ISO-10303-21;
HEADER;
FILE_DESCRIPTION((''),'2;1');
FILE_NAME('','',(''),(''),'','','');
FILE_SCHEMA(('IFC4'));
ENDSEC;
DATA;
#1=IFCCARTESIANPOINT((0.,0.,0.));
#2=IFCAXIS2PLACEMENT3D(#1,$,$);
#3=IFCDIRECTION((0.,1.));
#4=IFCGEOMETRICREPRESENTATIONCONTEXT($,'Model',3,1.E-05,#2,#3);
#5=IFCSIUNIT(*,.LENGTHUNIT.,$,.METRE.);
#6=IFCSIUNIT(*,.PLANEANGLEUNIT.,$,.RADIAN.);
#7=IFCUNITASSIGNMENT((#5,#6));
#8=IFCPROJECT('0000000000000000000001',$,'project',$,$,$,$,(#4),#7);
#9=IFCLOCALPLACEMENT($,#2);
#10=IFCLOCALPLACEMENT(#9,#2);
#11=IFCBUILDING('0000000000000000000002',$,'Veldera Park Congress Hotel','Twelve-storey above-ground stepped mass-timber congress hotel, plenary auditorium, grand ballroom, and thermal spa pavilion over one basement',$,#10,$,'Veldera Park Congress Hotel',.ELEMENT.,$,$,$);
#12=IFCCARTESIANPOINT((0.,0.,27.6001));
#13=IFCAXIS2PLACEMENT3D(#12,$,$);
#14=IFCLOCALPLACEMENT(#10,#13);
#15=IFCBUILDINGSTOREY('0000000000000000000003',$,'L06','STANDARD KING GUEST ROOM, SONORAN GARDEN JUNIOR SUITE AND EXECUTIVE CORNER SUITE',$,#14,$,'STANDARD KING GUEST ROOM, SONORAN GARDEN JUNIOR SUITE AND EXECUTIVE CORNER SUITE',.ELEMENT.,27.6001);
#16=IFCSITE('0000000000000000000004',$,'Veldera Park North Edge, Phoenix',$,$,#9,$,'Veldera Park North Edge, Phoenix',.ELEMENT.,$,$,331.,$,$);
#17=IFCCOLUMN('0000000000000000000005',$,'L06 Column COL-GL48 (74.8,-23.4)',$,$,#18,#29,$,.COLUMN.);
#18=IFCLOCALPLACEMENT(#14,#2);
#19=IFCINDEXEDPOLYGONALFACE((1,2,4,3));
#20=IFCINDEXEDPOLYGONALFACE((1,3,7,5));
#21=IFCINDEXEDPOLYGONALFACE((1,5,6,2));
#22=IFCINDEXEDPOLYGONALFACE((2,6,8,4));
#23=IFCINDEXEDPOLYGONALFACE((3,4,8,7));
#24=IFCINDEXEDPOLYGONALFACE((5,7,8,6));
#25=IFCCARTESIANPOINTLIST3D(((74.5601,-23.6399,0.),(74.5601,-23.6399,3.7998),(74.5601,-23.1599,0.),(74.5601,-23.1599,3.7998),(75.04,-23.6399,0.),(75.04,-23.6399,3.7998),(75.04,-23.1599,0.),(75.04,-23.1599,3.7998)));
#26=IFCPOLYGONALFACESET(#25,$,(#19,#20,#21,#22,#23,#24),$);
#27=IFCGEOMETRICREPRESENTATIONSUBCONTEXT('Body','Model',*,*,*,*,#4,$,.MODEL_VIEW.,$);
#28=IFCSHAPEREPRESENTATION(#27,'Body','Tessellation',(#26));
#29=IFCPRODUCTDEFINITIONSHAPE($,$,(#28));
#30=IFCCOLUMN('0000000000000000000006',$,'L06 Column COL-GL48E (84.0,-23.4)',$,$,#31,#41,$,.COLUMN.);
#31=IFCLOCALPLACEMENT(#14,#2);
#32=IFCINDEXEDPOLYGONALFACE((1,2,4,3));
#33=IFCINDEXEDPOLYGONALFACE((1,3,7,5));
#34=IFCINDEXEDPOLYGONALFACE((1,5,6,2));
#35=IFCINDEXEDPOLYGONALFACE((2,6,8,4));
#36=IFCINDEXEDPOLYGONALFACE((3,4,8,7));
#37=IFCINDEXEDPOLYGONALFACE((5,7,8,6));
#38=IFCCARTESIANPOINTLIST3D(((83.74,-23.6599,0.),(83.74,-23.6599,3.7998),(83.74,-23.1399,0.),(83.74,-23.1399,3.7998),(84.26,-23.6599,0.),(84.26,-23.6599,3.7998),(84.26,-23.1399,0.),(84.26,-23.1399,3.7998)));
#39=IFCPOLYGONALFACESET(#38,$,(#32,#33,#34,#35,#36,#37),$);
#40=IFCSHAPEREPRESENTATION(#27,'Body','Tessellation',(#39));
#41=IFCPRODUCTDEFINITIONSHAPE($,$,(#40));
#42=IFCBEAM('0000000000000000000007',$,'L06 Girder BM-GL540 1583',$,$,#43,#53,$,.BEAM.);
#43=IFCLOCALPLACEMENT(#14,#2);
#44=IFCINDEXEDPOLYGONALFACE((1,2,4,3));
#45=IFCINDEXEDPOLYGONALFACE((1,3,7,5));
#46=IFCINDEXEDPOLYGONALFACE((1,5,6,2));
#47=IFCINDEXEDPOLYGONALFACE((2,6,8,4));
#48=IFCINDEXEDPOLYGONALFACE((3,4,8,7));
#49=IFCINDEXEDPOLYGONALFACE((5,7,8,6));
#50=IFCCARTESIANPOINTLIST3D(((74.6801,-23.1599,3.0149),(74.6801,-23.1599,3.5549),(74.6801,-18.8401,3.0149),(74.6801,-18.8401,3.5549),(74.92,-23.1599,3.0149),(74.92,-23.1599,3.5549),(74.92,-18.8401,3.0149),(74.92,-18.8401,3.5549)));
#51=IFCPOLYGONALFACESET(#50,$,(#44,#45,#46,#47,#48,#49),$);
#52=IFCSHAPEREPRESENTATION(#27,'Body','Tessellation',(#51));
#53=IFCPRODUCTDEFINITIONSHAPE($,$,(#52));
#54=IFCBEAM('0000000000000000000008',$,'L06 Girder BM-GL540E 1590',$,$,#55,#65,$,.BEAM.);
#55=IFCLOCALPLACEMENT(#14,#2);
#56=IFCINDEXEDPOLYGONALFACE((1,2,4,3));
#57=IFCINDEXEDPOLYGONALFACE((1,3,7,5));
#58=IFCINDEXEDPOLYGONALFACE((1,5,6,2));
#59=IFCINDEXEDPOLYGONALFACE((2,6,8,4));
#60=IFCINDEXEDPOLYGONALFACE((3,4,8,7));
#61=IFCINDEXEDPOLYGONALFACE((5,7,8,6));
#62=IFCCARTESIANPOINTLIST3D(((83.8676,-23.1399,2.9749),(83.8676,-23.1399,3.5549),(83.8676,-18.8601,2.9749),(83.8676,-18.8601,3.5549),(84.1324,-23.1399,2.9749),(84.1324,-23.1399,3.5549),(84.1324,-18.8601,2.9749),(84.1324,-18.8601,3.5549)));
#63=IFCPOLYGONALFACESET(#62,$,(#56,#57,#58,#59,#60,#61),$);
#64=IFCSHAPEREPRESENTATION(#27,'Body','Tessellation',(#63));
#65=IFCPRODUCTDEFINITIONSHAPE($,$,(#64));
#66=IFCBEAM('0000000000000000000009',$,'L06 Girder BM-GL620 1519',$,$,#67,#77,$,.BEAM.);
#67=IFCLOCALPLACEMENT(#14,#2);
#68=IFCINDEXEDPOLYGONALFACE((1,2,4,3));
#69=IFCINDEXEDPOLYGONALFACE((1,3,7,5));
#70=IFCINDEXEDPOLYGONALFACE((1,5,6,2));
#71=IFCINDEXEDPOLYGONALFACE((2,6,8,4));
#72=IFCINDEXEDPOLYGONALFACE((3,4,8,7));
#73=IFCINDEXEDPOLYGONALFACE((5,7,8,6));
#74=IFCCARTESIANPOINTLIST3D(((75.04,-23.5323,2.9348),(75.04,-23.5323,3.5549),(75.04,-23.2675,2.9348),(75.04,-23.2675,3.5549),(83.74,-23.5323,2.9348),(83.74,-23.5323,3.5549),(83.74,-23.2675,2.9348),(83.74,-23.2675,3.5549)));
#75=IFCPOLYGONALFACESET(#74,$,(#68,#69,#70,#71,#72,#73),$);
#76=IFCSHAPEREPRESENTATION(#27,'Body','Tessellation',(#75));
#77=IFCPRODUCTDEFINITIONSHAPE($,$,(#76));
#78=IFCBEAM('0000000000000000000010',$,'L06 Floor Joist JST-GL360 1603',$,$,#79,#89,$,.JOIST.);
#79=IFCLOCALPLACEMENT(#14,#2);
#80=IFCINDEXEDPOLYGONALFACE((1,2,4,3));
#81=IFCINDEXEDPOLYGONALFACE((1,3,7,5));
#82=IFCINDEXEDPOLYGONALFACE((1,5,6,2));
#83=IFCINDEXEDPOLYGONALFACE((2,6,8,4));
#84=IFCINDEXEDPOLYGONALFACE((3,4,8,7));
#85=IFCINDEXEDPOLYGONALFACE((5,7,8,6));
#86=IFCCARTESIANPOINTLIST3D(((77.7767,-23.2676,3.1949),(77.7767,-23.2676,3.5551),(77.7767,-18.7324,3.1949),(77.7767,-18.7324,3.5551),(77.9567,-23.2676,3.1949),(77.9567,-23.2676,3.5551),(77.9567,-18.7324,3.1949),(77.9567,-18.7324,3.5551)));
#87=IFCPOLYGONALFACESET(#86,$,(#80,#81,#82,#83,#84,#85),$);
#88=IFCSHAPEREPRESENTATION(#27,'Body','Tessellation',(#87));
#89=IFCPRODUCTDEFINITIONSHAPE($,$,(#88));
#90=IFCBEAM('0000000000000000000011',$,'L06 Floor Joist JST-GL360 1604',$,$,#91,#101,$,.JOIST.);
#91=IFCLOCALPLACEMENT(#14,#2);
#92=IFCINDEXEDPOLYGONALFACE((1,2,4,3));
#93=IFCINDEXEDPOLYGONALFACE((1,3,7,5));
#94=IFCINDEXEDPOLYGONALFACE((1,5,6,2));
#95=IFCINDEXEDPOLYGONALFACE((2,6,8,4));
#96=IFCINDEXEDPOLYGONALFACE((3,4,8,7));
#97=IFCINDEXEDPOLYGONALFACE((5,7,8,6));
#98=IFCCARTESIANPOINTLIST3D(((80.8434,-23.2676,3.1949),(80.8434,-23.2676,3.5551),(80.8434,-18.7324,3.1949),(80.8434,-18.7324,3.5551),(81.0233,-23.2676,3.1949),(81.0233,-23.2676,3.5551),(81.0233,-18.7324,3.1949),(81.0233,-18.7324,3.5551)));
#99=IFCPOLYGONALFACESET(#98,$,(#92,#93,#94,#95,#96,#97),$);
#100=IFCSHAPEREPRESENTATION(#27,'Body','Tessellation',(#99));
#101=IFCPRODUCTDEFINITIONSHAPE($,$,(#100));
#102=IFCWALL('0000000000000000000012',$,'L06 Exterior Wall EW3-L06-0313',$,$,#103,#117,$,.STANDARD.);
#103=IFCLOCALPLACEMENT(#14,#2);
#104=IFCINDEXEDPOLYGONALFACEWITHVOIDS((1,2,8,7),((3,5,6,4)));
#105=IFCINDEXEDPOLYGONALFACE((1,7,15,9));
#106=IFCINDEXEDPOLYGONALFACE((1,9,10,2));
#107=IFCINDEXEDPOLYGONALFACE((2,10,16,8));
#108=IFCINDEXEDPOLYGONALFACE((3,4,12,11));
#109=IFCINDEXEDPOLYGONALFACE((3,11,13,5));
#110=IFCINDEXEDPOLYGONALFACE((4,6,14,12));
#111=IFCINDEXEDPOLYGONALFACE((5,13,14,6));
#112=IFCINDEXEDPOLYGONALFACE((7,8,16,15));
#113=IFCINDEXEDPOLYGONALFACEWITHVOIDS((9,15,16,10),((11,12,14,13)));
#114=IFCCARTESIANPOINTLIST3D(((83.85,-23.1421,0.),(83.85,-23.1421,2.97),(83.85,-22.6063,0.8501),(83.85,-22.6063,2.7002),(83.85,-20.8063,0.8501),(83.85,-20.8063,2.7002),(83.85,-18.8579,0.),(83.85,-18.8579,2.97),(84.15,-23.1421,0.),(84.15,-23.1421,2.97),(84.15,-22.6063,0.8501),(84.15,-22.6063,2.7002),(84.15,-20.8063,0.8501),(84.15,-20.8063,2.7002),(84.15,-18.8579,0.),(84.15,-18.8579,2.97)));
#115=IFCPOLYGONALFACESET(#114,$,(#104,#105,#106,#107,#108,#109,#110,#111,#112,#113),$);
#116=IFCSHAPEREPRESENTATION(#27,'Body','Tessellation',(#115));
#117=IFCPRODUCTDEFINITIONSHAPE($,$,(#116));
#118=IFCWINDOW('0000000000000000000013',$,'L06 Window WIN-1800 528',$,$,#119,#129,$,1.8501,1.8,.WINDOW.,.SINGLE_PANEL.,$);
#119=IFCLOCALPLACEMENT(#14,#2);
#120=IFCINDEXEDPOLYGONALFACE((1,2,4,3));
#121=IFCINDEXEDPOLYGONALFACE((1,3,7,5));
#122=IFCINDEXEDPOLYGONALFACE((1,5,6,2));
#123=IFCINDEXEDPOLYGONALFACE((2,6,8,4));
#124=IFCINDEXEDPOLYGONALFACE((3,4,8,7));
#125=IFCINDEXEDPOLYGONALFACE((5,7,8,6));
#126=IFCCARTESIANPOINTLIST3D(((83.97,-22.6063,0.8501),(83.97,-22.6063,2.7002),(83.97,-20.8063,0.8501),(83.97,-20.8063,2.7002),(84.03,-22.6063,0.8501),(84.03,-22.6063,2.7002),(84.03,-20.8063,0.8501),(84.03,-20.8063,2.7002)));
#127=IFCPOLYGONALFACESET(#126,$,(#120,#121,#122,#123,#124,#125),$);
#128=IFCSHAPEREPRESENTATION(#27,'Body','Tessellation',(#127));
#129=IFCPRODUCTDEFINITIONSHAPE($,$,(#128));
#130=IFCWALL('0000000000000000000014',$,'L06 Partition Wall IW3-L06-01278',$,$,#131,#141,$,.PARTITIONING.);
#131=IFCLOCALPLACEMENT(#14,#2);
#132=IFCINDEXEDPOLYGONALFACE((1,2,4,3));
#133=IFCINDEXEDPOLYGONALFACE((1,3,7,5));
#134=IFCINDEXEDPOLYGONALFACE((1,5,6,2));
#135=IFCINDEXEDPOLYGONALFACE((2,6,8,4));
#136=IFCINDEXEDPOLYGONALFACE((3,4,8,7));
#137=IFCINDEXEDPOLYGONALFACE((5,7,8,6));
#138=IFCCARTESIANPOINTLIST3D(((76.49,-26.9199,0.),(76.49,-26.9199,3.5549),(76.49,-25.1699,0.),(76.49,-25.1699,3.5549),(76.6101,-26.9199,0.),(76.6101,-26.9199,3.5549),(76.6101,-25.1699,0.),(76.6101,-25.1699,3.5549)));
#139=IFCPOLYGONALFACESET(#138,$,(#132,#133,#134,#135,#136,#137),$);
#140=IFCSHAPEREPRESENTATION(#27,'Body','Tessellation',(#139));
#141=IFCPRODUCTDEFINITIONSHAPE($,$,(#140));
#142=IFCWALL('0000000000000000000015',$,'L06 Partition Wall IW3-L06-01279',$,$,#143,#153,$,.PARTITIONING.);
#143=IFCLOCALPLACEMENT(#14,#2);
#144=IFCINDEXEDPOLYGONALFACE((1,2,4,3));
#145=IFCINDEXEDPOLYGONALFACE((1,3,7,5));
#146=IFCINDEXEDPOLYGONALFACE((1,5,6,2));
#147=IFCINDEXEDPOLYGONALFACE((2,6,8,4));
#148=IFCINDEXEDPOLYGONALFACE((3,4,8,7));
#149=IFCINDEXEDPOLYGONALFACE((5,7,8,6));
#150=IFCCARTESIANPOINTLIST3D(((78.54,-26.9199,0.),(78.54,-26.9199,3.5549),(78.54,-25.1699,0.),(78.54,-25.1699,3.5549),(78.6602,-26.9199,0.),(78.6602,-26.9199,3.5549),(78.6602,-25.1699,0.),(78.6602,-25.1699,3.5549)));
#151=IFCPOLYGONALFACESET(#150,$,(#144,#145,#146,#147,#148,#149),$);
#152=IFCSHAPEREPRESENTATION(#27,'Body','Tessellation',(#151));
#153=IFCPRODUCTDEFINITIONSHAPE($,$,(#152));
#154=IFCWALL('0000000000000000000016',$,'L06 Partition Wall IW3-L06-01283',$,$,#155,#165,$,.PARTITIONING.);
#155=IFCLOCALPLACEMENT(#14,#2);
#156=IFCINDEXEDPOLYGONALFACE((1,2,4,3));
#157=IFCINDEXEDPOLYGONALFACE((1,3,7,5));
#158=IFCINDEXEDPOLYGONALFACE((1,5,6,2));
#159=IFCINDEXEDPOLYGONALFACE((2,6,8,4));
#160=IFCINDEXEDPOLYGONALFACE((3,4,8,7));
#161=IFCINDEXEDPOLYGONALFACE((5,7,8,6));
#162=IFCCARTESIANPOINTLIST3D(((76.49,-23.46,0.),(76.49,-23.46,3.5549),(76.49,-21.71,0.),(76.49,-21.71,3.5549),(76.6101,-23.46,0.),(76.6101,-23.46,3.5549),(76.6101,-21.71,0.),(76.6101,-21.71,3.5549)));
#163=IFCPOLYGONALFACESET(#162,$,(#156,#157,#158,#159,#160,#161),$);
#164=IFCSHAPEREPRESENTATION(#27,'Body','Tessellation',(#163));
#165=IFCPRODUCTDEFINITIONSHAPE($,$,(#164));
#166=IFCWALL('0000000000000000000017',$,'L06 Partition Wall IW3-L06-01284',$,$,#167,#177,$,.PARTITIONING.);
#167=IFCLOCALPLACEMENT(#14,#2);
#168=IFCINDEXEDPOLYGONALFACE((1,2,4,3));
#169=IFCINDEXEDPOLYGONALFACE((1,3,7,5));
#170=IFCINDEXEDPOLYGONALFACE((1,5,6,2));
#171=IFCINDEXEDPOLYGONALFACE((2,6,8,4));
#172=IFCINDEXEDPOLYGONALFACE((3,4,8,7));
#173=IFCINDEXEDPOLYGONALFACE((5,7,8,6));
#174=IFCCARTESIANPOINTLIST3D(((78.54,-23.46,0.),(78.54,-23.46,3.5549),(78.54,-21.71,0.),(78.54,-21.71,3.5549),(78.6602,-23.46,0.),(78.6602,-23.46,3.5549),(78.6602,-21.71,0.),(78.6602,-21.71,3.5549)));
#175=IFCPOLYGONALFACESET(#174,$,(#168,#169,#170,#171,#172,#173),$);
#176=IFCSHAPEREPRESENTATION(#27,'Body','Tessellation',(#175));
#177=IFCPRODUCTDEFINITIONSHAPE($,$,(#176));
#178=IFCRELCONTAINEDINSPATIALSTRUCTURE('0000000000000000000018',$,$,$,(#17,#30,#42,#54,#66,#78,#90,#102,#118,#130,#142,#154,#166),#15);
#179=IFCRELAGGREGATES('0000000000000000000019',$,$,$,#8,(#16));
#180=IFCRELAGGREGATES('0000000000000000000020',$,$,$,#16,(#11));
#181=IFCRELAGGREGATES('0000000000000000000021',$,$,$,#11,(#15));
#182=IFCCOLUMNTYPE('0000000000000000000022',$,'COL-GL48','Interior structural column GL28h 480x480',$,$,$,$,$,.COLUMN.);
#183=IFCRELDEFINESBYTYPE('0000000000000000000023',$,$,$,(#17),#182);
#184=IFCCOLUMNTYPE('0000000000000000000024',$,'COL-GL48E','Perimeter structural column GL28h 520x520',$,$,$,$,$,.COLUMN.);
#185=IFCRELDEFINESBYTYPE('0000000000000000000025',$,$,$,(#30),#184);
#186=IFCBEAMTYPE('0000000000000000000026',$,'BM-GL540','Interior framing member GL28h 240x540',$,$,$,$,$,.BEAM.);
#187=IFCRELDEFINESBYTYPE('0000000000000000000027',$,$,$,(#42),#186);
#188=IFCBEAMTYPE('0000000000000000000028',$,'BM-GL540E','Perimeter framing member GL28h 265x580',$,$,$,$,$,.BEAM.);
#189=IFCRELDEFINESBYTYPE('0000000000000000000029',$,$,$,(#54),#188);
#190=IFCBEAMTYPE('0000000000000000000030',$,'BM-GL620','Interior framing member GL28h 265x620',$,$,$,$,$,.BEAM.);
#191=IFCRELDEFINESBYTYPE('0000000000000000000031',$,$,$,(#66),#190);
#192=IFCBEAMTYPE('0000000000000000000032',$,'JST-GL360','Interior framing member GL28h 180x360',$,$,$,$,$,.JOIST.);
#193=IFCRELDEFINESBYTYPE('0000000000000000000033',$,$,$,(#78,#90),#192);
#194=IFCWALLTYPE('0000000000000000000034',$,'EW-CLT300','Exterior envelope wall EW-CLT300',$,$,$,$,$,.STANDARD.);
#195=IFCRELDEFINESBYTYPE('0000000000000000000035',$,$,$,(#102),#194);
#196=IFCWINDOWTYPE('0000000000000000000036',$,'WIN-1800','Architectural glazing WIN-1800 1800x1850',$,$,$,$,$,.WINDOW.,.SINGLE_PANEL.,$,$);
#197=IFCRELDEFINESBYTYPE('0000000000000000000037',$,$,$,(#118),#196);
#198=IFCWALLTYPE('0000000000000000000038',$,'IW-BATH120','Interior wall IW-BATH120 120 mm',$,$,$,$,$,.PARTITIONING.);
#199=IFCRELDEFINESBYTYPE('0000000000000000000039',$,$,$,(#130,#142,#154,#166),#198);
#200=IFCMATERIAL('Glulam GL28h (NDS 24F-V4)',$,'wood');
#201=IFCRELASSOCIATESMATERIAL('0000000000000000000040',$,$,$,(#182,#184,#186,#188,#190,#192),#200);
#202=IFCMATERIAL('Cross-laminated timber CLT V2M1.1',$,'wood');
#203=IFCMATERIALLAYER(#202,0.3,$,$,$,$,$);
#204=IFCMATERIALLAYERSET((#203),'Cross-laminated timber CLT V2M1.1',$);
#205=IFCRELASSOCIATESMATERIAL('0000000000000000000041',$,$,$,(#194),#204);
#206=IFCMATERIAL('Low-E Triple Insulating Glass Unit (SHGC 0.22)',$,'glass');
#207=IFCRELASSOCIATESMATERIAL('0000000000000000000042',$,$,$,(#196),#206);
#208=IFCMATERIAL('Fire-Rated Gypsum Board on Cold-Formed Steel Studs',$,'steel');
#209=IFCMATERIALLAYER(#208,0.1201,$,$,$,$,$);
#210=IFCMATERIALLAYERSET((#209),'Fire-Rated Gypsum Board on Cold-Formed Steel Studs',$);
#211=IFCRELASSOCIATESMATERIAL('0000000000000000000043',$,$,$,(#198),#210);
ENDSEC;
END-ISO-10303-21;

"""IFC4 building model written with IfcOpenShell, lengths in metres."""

from ifc_helpers import new_model, si_unit, direction, frame, frame_2d, origin, origin_2d, place, context, subcontext, project, spatial, rectangle, extrude, material, layer, layer_set, material_profile, profile_set, type_object, element, fill, save


model = new_model("IFC4")

# Units and contexts
model_context = context("Model", 3, precision=1e-05, world=origin(), true_north=direction((0.0, 1.0)))
body_context = subcontext(model_context, "Body", "Model", "MODEL_VIEW")
ifc_project = project(units=[si_unit("LENGTHUNIT", "METRE"), si_unit("PLANEANGLEUNIT", "RADIAN")], contexts=[model_context])

# Site, building, storey
site_placement = place(None, origin())
site = spatial("IfcSite", under=ifc_project, at=site_placement, Name="Veldera Park North Edge, Phoenix", LongName="Veldera Park North Edge, Phoenix", CompositionType="ELEMENT", RefElevation=331.0)
building_placement = place(site_placement, origin())
building = spatial("IfcBuilding", under=site, at=building_placement, Name="Veldera Park Congress Hotel", Description="Twelve-storey above-ground stepped mass-timber congress hotel, plenary auditorium, grand ballroom, and thermal spa pavilion over one basement", LongName="Veldera Park Congress Hotel", CompositionType="ELEMENT")
storey_placement = place(building_placement, frame((0.0, 0.0, 27.6001)))
storey = spatial("IfcBuildingStorey", under=building, at=storey_placement, Name="L06", Description="STANDARD KING GUEST ROOM, SONORAN GARDEN JUNIOR SUITE AND EXECUTIVE CORNER SUITE", LongName="STANDARD KING GUEST ROOM, SONORAN GARDEN JUNIOR SUITE AND EXECUTIVE CORNER SUITE", CompositionType="ELEMENT", Elevation=27.6001)

# Columns
ifc_material_1 = material(Name="Glulam GL28h (NDS 24F-V4)", Category="wood")
ifc_material_profile_1 = material_profile(ifc_material_1, rectangle(XDim=0.48, YDim=0.48, at=origin_2d()), Name="GL28h 480x480")
ifc_profile_set_1 = profile_set([ifc_material_profile_1], Name="Glulam GL28h (NDS 24F-V4)")
column_type_1 = type_object("IfcColumnType", Name="COL-GL48", Description="Interior structural column GL28h 480x480", PredefinedType="COLUMN", material=ifc_profile_set_1)
column_1_placement = place(storey_placement, frame((74.8, -23.3999, 0.0), z_axis=(0.0, 0.0, 1.0), x_axis=(1.0, 0.0, 0.0)))
element("IfcColumn", 1, at=column_1_placement, inside=storey, type_object=column_type_1, Name="L06 Column COL-GL48 (74.8,-23.4)", PredefinedType="COLUMN", context=body_context, shape_type="SweptSolid", body=[
    extrude(rectangle(XDim=0.48, YDim=0.48, at=origin_2d()), origin(), (0.0, 0.0, 1.0), 3.7998),
])
ifc_material_profile_2 = material_profile(ifc_material_1, rectangle(XDim=0.52, YDim=0.52, at=origin_2d()), Name="GL28h 520x520")
ifc_profile_set_2 = profile_set([ifc_material_profile_2], Name="Glulam GL28h (NDS 24F-V4)")
column_type_2 = type_object("IfcColumnType", Name="COL-GL48E", Description="Perimeter structural column GL28h 520x520", PredefinedType="COLUMN", material=ifc_profile_set_2)
column_2_placement = place(storey_placement, frame((84.0, -23.3999, 0.0), z_axis=(0.0, 0.0, 1.0), x_axis=(1.0, 0.0, 0.0)))
element("IfcColumn", 2, at=column_2_placement, inside=storey, type_object=column_type_2, Name="L06 Column COL-GL48E (84.0,-23.4)", PredefinedType="COLUMN", context=body_context, shape_type="SweptSolid", body=[
    extrude(rectangle(XDim=0.52, YDim=0.52, at=origin_2d()), origin(), (0.0, 0.0, 1.0), 3.7998),
])

# Beams
ifc_material_profile_3 = material_profile(ifc_material_1, rectangle(XDim=0.24, YDim=0.54, at=origin_2d()), Name="GL28h 240x540")
ifc_profile_set_3 = profile_set([ifc_material_profile_3], Name="Glulam GL28h (NDS 24F-V4)")
beam_type_1 = type_object("IfcBeamType", Name="BM-GL540", Description="Interior framing member GL28h 240x540", PredefinedType="BEAM", material=ifc_profile_set_3)
beam_1_placement = place(storey_placement, frame((74.8, -23.1599, 3.2849), z_axis=(0.0, 1.0, 0.0), x_axis=(-1.0, 0.0, 0.0)))
element("IfcBeam", 3, at=beam_1_placement, inside=storey, type_object=beam_type_1, Name="L06 Girder BM-GL540 1583", PredefinedType="BEAM", context=body_context, shape_type="SweptSolid", body=[
    extrude(rectangle(XDim=0.24, YDim=0.54, at=origin_2d()), origin(), (0.0, 0.0, 1.0), 4.3198),
])
ifc_material_profile_4 = material_profile(ifc_material_1, rectangle(XDim=0.2649, YDim=0.5801, at=origin_2d()), Name="GL28h 265x580")
ifc_profile_set_4 = profile_set([ifc_material_profile_4], Name="Glulam GL28h (NDS 24F-V4)")
beam_type_2 = type_object("IfcBeamType", Name="BM-GL540E", Description="Perimeter framing member GL28h 265x580", PredefinedType="BEAM", material=ifc_profile_set_4)
beam_2_placement = place(storey_placement, frame((84.0, -23.1399, 3.2649), z_axis=(0.0, 1.0, 0.0), x_axis=(-1.0, 0.0, 0.0)))
element("IfcBeam", 4, at=beam_2_placement, inside=storey, type_object=beam_type_2, Name="L06 Girder BM-GL540E 1590", PredefinedType="BEAM", context=body_context, shape_type="SweptSolid", body=[
    extrude(rectangle(XDim=0.2649, YDim=0.5801, at=origin_2d()), origin(), (0.0, 0.0, 1.0), 4.2798),
])
ifc_material_profile_5 = material_profile(ifc_material_1, rectangle(XDim=0.2649, YDim=0.6201, at=origin_2d()), Name="GL28h 265x620")
ifc_profile_set_5 = profile_set([ifc_material_profile_5], Name="Glulam GL28h (NDS 24F-V4)")
beam_type_3 = type_object("IfcBeamType", Name="BM-GL620", Description="Interior framing member GL28h 265x620", PredefinedType="BEAM", material=ifc_profile_set_5)
beam_3_placement = place(storey_placement, frame((75.04, -23.3999, 3.2449), z_axis=(1.0, 0.0, 0.0), x_axis=(0.0, 1.0, 0.0)))
element("IfcBeam", 5, at=beam_3_placement, inside=storey, type_object=beam_type_3, Name="L06 Girder BM-GL620 1519", PredefinedType="BEAM", context=body_context, shape_type="SweptSolid", body=[
    extrude(rectangle(XDim=0.2649, YDim=0.6201, at=origin_2d()), origin(), (0.0, 0.0, 1.0), 8.7),
])
ifc_material_profile_6 = material_profile(ifc_material_1, rectangle(XDim=0.1799, YDim=0.3601, at=origin_2d()), Name="GL28h 180x360")
ifc_profile_set_6 = profile_set([ifc_material_profile_6], Name="Glulam GL28h (NDS 24F-V4)")
beam_type_4 = type_object("IfcBeamType", Name="JST-GL360", Description="Interior framing member GL28h 180x360", PredefinedType="JOIST", material=ifc_profile_set_6)
for number, where, z_axis, x_axis, name in (
    (6, (77.8667, -23.2676, 3.375), (0.0, 1.0, 0.0), (-1.0, 0.0, 0.0), "L06 Floor Joist JST-GL360 1603"),
    (7, (80.9333, -23.2676, 3.375), (0.0, 1.0, 0.0), (-1.0, 0.0, 0.0), "L06 Floor Joist JST-GL360 1604"),
):
    element("IfcBeam", number, at=place(storey_placement, frame(where, z_axis=z_axis, x_axis=x_axis)), inside=storey, type_object=beam_type_4, Name=name, PredefinedType="JOIST", context=body_context, shape_type="SweptSolid", body=[
        extrude(rectangle(XDim=0.1799, YDim=0.3601, at=origin_2d()), origin(), (0.0, 0.0, 1.0), 4.5352),
    ])

# Wall, opening, window
ifc_material_2 = material(Name="Cross-laminated timber CLT V2M1.1", Category="wood")
ifc_layer_1 = layer(ifc_material_2, 0.3)
ifc_layer_set_1 = layer_set([ifc_layer_1], Name="Cross-laminated timber CLT V2M1.1")
wall_type_1 = type_object("IfcWallType", Name="EW-CLT300", Description="Exterior envelope wall EW-CLT300", PredefinedType="STANDARD", material=ifc_layer_set_1)
wall_1_placement = place(storey_placement, frame((84.0, -23.1421, 0.0), z_axis=(0.0, 0.0, 1.0), x_axis=(0.0, 1.0, 0.0)))
wall_1 = element("IfcWall", 8, at=wall_1_placement, inside=storey, type_object=wall_type_1, Name="L06 Exterior Wall EW3-L06-0313", PredefinedType="STANDARD", context=body_context, shape_type="SweptSolid", body=[
    extrude(rectangle(XDim=4.2842, YDim=0.3, at=frame_2d((2.1421, 0.0))), origin(), (0.0, 0.0, 1.0), 2.97),
])
opening_1_placement = place(wall_1_placement, frame((0.5359, 0.0, 0.8501)))
opening_1 = element("IfcOpeningElement", 9, at=opening_1_placement, cuts=wall_1, PredefinedType="OPENING", context=body_context, shape_type="SweptSolid", body=[
    extrude(rectangle(XDim=1.8, YDim=1.8501, at=frame_2d((0.8999, 0.925))), frame((0.0, 0.1621, 0.0), z_axis=(0.0, -1.0, 0.0), x_axis=(1.0, 0.0, 0.0)), (0.0, 0.0, 1.0), 0.324),
])
ifc_material_3 = material(Name="Low-E Triple Insulating Glass Unit (SHGC 0.22)", Category="glass")
window_type = type_object("IfcWindowType", Name="WIN-1800", Description="Architectural glazing WIN-1800 1800x1850", PartitioningType="SINGLE_PANEL", PredefinedType="WINDOW", material=ifc_material_3)
window_placement = place(opening_1_placement, origin())
window = element("IfcWindow", 10, at=window_placement, inside=storey, type_object=window_type, Name="L06 Window WIN-1800 528", OverallHeight=1.8501, OverallWidth=1.8, PartitioningType="SINGLE_PANEL", PredefinedType="WINDOW", context=body_context, shape_type="SweptSolid", body=[
    extrude(rectangle(XDim=1.8, YDim=1.8501, at=frame_2d((0.8999, 0.925))), frame((0.0, 0.03, 0.0), z_axis=(0.0, -1.0, 0.0), x_axis=(1.0, 0.0, 0.0)), (0.0, 0.0, 1.0), 0.0601),
])
fill(opening_1, window)

# Walls
ifc_material_4 = material(Name="Fire-Rated Gypsum Board on Cold-Formed Steel Studs", Category="steel")
ifc_layer_2 = layer(ifc_material_4, 0.1201)
ifc_layer_set_2 = layer_set([ifc_layer_2], Name="Fire-Rated Gypsum Board on Cold-Formed Steel Studs")
wall_type_2 = type_object("IfcWallType", Name="IW-BATH120", Description="Interior wall IW-BATH120 120 mm", PredefinedType="PARTITIONING", material=ifc_layer_set_2)
for number, where, z_axis, x_axis, name in (
    (11, (76.55, -26.9199, 0.0), (0.0, 0.0, 1.0), (0.0, 1.0, 0.0), "L06 Partition Wall IW3-L06-01278"),
    (12, (78.6001, -26.9199, 0.0), (0.0, 0.0, 1.0), (0.0, 1.0, 0.0), "L06 Partition Wall IW3-L06-01279"),
):
    element("IfcWall", number, at=place(storey_placement, frame(where, z_axis=z_axis, x_axis=x_axis)), inside=storey, type_object=wall_type_2, Name=name, PredefinedType="PARTITIONING", context=body_context, shape_type="SweptSolid", body=[
        extrude(rectangle(XDim=1.75, YDim=0.1201, at=frame_2d((0.875, 0.0))), origin(), (0.0, 0.0, 1.0), 3.5549),
    ])

# Walls
for number, where, z_axis, x_axis, name in (
    (13, (76.55, -23.46, 0.0), (0.0, 0.0, 1.0), (0.0, 1.0, 0.0), "L06 Partition Wall IW3-L06-01283"),
    (14, (78.6001, -23.46, 0.0), (0.0, 0.0, 1.0), (0.0, 1.0, 0.0), "L06 Partition Wall IW3-L06-01284"),
):
    element("IfcWall", number, at=place(storey_placement, frame(where, z_axis=z_axis, x_axis=x_axis)), inside=storey, type_object=wall_type_2, Name=name, PredefinedType="PARTITIONING", context=body_context, shape_type="SweptSolid", body=[
        extrude(rectangle(XDim=1.75, YDim=0.1201, at=frame_2d((0.875, 0.0))), origin(), (0.0, 0.0, 1.0), 3.5549),
    ])

save(model, "model.ifc")
